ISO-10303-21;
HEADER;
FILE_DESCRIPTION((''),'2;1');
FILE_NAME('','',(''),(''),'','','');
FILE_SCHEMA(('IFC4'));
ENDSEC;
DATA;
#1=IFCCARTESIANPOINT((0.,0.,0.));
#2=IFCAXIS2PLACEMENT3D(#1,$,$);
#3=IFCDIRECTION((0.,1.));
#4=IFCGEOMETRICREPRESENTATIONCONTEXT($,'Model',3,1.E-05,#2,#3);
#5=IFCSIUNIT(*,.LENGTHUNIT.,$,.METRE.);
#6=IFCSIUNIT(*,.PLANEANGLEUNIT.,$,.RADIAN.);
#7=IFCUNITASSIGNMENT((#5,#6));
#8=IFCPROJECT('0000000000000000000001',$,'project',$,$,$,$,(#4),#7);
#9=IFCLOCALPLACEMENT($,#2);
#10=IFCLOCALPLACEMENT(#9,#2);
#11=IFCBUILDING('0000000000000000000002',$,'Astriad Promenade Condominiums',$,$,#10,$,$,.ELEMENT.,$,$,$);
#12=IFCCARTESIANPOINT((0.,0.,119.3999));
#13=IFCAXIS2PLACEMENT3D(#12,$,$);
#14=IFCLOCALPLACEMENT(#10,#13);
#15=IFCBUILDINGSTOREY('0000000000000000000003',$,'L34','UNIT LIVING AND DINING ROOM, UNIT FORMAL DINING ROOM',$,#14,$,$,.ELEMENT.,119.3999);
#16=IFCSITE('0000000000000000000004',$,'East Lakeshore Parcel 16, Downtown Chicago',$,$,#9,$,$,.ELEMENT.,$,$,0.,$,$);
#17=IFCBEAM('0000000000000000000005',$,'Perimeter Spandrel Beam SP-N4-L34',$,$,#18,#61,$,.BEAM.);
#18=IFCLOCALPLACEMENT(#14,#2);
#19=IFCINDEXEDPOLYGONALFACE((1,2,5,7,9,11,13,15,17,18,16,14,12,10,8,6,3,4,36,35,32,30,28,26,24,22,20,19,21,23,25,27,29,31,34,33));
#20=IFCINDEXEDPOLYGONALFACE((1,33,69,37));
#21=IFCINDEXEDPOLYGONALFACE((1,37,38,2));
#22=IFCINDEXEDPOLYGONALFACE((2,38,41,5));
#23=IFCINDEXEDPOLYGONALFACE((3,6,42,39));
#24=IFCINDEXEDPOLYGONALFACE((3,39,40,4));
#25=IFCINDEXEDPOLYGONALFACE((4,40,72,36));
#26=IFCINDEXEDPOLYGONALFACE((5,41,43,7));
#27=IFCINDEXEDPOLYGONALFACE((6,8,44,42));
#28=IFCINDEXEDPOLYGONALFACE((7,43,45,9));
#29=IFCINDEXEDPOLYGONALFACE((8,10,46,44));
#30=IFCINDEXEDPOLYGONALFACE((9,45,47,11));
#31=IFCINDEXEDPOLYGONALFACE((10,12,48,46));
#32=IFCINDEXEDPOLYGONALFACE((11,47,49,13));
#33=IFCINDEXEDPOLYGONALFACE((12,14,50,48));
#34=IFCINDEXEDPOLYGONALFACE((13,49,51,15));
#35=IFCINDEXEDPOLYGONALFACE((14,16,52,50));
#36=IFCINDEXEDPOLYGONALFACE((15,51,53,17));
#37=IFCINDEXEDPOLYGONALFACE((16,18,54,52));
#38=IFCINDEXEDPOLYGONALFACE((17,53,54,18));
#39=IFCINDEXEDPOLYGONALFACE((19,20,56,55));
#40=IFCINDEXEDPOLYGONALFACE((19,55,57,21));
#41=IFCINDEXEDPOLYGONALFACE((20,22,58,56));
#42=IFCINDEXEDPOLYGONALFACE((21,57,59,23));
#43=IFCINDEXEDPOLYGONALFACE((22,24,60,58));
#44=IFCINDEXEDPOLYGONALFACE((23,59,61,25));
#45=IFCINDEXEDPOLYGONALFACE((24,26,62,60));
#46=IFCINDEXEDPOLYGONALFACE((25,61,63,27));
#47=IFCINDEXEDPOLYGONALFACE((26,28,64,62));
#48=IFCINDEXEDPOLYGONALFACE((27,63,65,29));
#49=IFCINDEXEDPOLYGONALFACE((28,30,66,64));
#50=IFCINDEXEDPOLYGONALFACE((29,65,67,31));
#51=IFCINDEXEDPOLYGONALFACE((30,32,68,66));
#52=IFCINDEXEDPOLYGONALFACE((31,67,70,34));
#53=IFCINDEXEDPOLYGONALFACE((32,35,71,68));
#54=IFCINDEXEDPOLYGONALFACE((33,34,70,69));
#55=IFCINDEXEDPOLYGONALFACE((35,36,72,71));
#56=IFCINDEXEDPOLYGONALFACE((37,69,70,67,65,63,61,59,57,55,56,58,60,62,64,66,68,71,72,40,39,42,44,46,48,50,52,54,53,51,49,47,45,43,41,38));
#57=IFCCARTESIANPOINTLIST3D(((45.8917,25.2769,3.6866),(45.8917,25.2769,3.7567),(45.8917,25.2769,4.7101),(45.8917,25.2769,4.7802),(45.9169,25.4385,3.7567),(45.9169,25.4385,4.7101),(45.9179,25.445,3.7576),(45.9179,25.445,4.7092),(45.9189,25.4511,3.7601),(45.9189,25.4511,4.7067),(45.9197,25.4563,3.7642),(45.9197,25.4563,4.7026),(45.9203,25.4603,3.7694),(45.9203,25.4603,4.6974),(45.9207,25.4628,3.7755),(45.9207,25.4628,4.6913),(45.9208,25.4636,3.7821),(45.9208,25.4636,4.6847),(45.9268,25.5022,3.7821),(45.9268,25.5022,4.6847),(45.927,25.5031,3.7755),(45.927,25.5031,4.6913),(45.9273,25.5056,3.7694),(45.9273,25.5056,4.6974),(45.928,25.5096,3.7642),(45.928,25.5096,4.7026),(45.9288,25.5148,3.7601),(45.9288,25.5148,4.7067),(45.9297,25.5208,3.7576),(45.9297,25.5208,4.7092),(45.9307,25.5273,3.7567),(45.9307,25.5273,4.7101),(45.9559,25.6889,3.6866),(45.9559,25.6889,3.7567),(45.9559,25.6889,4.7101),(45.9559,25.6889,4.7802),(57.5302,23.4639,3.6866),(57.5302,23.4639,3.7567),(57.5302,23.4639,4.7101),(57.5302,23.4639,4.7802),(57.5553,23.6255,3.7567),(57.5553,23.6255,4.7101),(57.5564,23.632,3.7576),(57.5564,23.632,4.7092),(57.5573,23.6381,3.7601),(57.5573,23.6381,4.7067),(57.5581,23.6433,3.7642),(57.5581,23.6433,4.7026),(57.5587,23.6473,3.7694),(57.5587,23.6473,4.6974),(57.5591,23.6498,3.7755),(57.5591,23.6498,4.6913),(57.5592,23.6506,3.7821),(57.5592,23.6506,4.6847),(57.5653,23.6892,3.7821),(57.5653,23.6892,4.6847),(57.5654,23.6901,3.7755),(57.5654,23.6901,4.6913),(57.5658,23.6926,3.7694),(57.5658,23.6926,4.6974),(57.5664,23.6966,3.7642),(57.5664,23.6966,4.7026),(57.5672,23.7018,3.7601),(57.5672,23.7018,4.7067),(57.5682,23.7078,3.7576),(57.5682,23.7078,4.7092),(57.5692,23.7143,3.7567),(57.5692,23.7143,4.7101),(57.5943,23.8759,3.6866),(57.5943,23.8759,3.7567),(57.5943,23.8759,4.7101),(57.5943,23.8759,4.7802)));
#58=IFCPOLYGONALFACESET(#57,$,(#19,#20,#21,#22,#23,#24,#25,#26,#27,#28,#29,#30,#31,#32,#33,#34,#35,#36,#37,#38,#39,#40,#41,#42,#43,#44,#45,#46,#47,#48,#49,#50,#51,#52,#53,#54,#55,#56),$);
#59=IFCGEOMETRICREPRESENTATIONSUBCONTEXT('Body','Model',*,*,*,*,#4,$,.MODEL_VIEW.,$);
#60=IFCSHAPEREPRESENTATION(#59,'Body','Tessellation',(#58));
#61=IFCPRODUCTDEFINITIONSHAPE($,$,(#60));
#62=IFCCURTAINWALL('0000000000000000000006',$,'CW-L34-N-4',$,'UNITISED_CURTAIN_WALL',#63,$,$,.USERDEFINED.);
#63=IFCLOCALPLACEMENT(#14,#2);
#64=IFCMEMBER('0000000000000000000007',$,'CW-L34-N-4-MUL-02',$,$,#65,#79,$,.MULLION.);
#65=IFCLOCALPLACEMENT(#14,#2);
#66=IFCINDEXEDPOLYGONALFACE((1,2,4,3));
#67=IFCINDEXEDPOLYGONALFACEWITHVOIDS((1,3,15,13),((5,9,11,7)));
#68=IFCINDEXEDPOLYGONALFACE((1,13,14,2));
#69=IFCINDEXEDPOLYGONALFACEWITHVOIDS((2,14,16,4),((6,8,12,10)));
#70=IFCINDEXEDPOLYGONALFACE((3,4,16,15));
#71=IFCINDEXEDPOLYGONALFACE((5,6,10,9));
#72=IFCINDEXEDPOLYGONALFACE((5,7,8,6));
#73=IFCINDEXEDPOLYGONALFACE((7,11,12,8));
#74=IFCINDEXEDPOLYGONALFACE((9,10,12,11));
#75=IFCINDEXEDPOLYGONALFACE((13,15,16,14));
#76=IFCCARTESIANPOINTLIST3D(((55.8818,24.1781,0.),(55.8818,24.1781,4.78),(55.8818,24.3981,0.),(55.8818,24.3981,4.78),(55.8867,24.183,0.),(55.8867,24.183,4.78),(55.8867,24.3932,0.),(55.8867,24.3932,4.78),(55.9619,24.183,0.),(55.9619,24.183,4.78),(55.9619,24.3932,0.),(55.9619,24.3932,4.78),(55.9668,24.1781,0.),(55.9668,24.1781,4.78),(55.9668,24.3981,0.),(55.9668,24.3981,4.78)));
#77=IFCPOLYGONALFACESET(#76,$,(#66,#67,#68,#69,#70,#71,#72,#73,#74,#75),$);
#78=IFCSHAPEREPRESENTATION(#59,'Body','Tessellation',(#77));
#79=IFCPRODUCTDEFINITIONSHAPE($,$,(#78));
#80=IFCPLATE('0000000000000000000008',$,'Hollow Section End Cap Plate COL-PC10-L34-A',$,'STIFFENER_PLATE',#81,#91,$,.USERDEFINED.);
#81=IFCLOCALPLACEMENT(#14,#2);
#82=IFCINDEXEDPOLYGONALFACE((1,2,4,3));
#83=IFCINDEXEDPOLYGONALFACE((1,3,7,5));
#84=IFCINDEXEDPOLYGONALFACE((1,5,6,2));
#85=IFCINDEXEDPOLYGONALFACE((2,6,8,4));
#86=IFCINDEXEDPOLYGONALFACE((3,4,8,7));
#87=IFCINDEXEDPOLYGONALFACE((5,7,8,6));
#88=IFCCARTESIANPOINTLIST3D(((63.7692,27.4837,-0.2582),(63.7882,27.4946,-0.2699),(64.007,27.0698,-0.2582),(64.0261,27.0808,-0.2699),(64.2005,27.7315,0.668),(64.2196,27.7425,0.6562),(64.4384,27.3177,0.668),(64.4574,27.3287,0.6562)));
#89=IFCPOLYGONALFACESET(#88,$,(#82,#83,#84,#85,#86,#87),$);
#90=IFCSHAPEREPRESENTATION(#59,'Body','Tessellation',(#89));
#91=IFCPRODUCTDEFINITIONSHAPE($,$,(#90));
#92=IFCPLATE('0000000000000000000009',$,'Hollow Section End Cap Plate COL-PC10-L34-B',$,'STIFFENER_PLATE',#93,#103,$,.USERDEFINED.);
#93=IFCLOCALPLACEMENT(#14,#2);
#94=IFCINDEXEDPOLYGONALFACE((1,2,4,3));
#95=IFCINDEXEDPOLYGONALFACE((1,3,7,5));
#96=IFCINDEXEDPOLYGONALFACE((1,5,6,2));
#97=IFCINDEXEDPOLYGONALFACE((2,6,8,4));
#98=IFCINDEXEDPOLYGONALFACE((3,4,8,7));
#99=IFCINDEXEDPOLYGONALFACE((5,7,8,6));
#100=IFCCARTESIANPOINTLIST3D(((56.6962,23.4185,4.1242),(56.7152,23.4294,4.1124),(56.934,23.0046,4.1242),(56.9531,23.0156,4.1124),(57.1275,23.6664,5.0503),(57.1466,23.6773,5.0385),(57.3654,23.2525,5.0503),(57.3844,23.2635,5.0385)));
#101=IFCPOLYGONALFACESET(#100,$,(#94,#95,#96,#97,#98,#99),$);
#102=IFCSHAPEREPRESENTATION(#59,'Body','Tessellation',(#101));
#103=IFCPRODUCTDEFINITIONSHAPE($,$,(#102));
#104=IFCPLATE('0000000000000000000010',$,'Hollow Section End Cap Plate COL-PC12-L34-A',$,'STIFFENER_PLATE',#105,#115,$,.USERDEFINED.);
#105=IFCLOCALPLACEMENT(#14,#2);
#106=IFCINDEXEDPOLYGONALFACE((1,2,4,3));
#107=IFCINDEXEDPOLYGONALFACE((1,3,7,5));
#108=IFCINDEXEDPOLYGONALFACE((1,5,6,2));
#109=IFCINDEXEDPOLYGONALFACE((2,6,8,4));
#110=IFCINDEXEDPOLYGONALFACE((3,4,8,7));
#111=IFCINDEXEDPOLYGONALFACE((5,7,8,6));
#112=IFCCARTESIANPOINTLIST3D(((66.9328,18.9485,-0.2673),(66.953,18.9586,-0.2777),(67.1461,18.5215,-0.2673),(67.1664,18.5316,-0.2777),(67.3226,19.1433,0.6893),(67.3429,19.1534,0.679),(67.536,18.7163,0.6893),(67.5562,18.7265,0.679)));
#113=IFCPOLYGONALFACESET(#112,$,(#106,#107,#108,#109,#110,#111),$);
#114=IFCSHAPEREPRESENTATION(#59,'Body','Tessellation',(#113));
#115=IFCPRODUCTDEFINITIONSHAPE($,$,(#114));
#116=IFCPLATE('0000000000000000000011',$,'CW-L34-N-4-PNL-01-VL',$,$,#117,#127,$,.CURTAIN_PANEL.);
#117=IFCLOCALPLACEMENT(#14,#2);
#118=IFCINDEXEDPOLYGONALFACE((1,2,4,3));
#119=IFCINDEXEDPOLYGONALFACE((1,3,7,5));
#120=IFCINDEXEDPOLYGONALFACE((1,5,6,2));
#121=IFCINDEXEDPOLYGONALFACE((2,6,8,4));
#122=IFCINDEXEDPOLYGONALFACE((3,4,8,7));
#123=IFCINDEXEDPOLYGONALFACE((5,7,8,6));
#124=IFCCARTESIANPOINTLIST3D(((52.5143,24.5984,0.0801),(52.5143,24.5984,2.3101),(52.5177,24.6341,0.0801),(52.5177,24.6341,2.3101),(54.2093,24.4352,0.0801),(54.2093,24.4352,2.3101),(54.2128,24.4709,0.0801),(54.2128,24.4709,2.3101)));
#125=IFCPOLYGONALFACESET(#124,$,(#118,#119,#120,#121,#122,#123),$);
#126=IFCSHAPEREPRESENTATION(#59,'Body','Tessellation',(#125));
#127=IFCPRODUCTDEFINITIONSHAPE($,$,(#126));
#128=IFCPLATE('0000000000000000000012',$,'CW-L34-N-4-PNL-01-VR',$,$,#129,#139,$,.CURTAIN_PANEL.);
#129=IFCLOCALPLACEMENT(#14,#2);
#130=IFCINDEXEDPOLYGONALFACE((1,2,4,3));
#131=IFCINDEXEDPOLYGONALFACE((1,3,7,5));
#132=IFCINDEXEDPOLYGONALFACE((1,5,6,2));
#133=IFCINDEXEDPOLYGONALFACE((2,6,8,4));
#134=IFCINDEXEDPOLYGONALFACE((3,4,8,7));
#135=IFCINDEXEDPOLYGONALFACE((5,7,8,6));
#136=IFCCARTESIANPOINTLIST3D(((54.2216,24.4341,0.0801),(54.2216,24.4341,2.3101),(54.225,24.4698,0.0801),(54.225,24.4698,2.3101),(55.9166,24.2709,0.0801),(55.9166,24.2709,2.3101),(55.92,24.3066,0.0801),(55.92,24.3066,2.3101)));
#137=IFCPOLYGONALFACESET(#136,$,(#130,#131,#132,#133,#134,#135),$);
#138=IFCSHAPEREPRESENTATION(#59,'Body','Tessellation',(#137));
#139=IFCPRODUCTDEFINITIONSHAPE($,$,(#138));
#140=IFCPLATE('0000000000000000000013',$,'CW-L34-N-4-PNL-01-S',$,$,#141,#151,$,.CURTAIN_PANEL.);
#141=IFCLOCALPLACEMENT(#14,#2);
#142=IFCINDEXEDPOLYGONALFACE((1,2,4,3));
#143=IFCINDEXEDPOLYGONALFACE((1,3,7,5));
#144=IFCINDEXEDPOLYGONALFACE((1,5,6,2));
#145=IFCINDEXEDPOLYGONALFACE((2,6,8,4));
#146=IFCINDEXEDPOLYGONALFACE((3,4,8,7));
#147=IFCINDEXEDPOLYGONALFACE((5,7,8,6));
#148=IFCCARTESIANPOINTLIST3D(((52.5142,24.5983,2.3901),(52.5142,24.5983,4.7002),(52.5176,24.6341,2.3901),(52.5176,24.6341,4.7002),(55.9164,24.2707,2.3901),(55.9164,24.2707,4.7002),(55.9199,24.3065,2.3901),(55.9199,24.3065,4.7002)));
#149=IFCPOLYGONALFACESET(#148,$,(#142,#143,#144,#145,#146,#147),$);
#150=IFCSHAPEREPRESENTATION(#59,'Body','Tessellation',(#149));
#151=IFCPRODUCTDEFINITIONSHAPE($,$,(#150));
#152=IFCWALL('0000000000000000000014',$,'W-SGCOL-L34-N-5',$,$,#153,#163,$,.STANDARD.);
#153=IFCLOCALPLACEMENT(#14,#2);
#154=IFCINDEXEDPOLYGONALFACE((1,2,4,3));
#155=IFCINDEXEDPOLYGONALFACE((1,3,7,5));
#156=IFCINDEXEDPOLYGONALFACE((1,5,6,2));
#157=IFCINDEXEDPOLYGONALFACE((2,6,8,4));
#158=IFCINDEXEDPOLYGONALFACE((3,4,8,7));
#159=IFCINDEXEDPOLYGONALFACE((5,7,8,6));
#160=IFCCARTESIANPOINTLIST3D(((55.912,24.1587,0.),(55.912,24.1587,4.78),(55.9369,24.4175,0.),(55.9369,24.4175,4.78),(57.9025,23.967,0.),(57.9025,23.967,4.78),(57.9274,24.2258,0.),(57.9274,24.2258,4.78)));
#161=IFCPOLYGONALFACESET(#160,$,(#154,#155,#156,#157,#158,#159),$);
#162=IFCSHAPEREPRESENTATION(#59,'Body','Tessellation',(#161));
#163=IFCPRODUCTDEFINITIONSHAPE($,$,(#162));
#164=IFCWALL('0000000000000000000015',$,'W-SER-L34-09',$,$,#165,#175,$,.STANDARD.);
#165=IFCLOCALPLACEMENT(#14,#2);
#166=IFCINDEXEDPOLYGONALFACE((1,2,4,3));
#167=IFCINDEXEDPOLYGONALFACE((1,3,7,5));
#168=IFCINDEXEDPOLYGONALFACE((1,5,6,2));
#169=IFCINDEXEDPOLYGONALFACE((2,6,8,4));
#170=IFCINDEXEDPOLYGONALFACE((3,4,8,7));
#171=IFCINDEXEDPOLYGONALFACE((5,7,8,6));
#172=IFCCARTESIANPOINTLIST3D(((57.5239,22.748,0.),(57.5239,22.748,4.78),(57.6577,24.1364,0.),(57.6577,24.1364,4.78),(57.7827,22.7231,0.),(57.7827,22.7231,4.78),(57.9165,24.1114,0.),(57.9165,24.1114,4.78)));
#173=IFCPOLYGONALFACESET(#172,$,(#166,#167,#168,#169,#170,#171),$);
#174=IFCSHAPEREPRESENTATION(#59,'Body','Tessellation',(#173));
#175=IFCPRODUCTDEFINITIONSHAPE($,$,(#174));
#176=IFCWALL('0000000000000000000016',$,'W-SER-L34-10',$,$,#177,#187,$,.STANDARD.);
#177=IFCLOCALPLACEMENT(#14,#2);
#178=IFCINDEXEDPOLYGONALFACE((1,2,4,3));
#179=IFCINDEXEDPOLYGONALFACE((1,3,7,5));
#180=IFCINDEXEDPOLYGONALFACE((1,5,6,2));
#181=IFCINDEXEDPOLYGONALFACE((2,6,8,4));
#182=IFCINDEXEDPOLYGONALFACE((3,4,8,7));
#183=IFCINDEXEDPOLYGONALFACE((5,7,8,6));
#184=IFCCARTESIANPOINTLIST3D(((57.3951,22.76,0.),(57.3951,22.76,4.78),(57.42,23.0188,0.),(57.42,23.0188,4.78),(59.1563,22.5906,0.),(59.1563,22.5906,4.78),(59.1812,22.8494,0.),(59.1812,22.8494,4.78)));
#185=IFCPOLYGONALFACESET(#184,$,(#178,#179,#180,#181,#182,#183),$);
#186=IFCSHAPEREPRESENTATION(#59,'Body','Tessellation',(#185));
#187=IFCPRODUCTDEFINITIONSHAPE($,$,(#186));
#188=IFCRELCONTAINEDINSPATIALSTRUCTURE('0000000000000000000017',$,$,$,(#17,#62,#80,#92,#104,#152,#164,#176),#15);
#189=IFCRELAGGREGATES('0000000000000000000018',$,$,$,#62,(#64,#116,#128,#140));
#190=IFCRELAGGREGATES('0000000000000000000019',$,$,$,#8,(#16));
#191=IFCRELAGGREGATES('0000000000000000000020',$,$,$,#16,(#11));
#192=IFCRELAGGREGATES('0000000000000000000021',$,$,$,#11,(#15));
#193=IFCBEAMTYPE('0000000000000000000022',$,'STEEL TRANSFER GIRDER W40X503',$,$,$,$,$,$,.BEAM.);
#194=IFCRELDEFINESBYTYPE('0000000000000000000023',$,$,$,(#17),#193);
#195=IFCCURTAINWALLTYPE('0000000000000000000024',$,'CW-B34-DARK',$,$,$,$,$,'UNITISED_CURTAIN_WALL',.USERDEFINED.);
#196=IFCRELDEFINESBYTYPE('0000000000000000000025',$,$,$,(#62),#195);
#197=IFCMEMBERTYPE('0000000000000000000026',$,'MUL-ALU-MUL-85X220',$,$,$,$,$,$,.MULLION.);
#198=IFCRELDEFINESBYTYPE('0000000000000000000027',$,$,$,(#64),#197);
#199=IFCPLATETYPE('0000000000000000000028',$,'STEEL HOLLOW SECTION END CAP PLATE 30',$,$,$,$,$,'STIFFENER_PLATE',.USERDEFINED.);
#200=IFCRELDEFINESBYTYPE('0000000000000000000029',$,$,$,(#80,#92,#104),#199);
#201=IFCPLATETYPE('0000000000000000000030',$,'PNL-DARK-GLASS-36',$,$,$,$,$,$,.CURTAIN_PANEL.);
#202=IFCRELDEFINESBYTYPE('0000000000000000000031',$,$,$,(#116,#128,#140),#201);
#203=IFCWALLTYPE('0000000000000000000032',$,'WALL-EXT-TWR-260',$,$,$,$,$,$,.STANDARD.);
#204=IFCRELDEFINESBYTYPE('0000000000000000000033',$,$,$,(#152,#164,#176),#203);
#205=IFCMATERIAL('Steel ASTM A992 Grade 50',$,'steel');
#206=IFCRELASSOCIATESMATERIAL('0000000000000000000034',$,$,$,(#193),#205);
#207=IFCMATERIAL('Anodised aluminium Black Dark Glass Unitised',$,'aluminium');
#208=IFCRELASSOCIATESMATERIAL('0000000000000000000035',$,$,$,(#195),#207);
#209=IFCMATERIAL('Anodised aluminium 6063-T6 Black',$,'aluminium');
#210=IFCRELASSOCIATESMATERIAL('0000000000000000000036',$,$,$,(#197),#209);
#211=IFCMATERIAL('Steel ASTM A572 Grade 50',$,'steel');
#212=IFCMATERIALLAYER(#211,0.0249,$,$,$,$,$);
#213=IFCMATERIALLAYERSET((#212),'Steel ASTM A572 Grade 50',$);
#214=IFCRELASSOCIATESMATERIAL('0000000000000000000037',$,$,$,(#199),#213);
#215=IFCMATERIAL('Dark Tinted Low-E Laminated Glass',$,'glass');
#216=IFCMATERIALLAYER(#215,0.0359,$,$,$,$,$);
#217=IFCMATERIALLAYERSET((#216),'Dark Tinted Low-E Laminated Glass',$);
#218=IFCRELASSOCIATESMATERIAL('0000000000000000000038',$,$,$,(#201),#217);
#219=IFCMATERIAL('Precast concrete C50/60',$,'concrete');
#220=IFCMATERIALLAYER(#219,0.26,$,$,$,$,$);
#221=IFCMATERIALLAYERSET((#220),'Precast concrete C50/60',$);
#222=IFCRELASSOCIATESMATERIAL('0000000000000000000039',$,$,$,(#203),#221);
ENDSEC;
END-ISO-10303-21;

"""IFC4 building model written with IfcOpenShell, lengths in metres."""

from ifc_helpers import new_model, si_unit, direction, frame, frame_2d, origin, origin_2d, place, context, subcontext, project, spatial, rectangle, hollow_rectangle, i_section, extrude, source, transform, mapped, material, layer, layer_set, material_profile, profile_set, type_object, type_shapes, element, aggregate, save


model = new_model("IFC4")

# Units and contexts
model_context = context("Model", 3, precision=1e-05, world=origin(), true_north=direction((0.0, 1.0)))
body_context = subcontext(model_context, "Body", "Model", "MODEL_VIEW")
ifc_project = project(units=[si_unit("LENGTHUNIT", "METRE"), si_unit("PLANEANGLEUNIT", "RADIAN")], contexts=[model_context])

# Site, building, storey
site_placement = place(None, origin())
site = spatial("IfcSite", under=ifc_project, at=site_placement, Name="East Lakeshore Parcel 16, Downtown Chicago", CompositionType="ELEMENT", RefElevation=0.0)
building_placement = place(site_placement, origin())
building = spatial("IfcBuilding", under=site, at=building_placement, Name="Astriad Promenade Condominiums", CompositionType="ELEMENT")
storey_placement = place(building_placement, frame((0.0, 0.0, 119.3999)))
storey = spatial("IfcBuildingStorey", under=building, at=storey_placement, Name="L34", Description="UNIT LIVING AND DINING ROOM, UNIT FORMAL DINING ROOM", CompositionType="ELEMENT", Elevation=119.3999)

# Shared definitions
ifc_material_1 = material(Name="Steel ASTM A992 Grade 50", Category="steel")

# Beam
ifc_material_profile_1 = material_profile(ifc_material_1, i_section(OverallWidth=0.417, OverallDepth=1.0935, WebThickness=0.0391, FlangeThickness=0.0701, FilletRadius=0.0254, at=origin_2d()), Name="W40X503")
ifc_profile_set_1 = profile_set([ifc_material_profile_1], Name="Steel ASTM A992 Grade 50")
beam_type_1 = type_object("IfcBeamType", Name="STEEL TRANSFER GIRDER W40X503", PredefinedType="BEAM", material=ifc_profile_set_1)
shared_shape_1 = source(origin(), body_context, "Body", "SweptSolid", [
    extrude(i_section(OverallWidth=0.417, OverallDepth=1.0935, WebThickness=0.0391, FlangeThickness=0.0701, FilletRadius=0.0254, at=origin_2d()), origin(), (0.0, 0.0, 1.0), 11.7788),
])
type_shapes(beam_type_1, [shared_shape_1])
beam_1_placement = place(storey_placement, frame((57.5623, 23.6699, 4.2334), z_axis=(-0.988083, 0.15392, 0.0), x_axis=(-0.15392, -0.988083, 0.0)))
element("IfcBeam", 1, at=beam_1_placement, inside=storey, type_object=beam_type_1, Name="Perimeter Spandrel Beam SP-N4-L34", PredefinedType="BEAM", context=body_context, shape_type="MappedRepresentation", body=[
    mapped(shared_shape_1, transform((0.0, 0.0, 0.0), scale=1.0)),
])

# Curtain wall, member
ifc_material_2 = material(Name="Anodised aluminium Black Dark Glass Unitised", Category="aluminium")
curtain_wall_type = type_object("IfcCurtainWallType", Name="CW-B34-DARK", ElementType="UNITISED_CURTAIN_WALL", PredefinedType="USERDEFINED", material=ifc_material_2)
curtain_wall_placement = place(storey_placement, origin())
curtain_wall = element("IfcCurtainWall", 2, at=curtain_wall_placement, inside=storey, type_object=curtain_wall_type, Name="CW-L34-N-4", ObjectType="UNITISED_CURTAIN_WALL", PredefinedType="USERDEFINED")
ifc_material_3 = material(Name="Anodised aluminium 6063-T6 Black", Category="aluminium")
ifc_material_profile_2 = material_profile(ifc_material_3, hollow_rectangle(XDim=0.085, YDim=0.22, WallThickness=0.0049, at=origin_2d()), Name="ALU-MUL-85X220")
ifc_profile_set_2 = profile_set([ifc_material_profile_2], Name="Anodised aluminium 6063-T6 Black")
member_type = type_object("IfcMemberType", Name="MUL-ALU-MUL-85X220", PredefinedType="MULLION", material=ifc_profile_set_2)
shared_shape_2 = source(origin(), body_context, "Body", "SweptSolid", [
    extrude(hollow_rectangle(XDim=0.085, YDim=0.22, WallThickness=0.0049, at=origin_2d()), origin(), (0.0, 0.0, 1.0), 4.78),
])
type_shapes(member_type, [shared_shape_2])
member_placement = place(storey_placement, frame((55.9243, 24.2881, 0.0), z_axis=(0.0, 0.0, 1.0), x_axis=(1.0, 0.0, 0.0)))
member = element("IfcMember", 3, at=member_placement, type_object=member_type, Name="CW-L34-N-4-MUL-02", PredefinedType="MULLION", context=body_context, shape_type="MappedRepresentation", body=[
    mapped(shared_shape_2, transform((0.0, 0.0, 0.0), scale=1.0)),
])

# Plates
ifc_material_4 = material(Name="Steel ASTM A572 Grade 50", Category="steel")
ifc_layer_1 = layer(ifc_material_4, 0.0249)
ifc_layer_set_1 = layer_set([ifc_layer_1], Name="Steel ASTM A572 Grade 50")
plate_type_1 = type_object("IfcPlateType", Name="STEEL HOLLOW SECTION END CAP PLATE 30", ElementType="STIFFENER_PLATE", PredefinedType="USERDEFINED", material=ifc_layer_set_1)
shared_shape_3 = source(origin(), body_context, "Body", "SweptSolid", [
    extrude(rectangle(XDim=0.4773, YDim=1.0513, at=origin_2d()), origin(), (0.0, 0.0, 1.0), 0.0249),
])
type_shapes(plate_type_1, [shared_shape_3])
for number, where, z_axis, x_axis, name in (
    (4, (64.1228, 27.4116, 0.1931), (-0.763781, -0.438963, 0.473233), (0.498291, -0.86701, 0.0), "Hollow Section End Cap Plate COL-PC10-L34-A"),
    (5, (57.0498, 23.3464, 4.5754), (-0.763781, -0.438963, 0.473233), (0.498291, -0.86701, 0.0), "Hollow Section End Cap Plate COL-PC10-L34-B"),
    (6, (67.2546, 18.8425, 0.2007), (-0.814029, -0.406824, 0.414548), (0.447046, -0.894511, 0.0), "Hollow Section End Cap Plate COL-PC12-L34-A"),
):
    element("IfcPlate", number, at=place(storey_placement, frame(where, z_axis=z_axis, x_axis=x_axis)), inside=storey, type_object=plate_type_1, Name=name, ObjectType="STIFFENER_PLATE", PredefinedType="USERDEFINED", context=body_context, shape_type="MappedRepresentation", body=[
        mapped(shared_shape_3, transform((0.0, 0.0, 0.0), scale=1.0)),
    ])

# Plates
ifc_material_5 = material(Name="Dark Tinted Low-E Laminated Glass", Category="glass")
ifc_layer_2 = layer(ifc_material_5, 0.0359)
ifc_layer_set_2 = layer_set([ifc_layer_2], Name="Dark Tinted Low-E Laminated Glass")
plate_type_2 = type_object("IfcPlateType", Name="PNL-DARK-GLASS-36", PredefinedType="CURTAIN_PANEL", material=ifc_layer_set_2)
shared_shape_4 = source(origin(), body_context, "Body", "SweptSolid", [
    extrude(rectangle(XDim=1.7029, YDim=0.0359, at=origin_2d()), origin(), (0.0, 0.0, 1.0), 2.23),
])
plate_1_placement = place(storey_placement, frame((53.3635, 24.5347, 0.0801), z_axis=(0.0, 0.0, 1.0), x_axis=(0.995396, -0.095846, 0.0)))
plate_1 = element("IfcPlate", 7, at=plate_1_placement, type_object=plate_type_2, Name="CW-L34-N-4-PNL-01-VL", PredefinedType="CURTAIN_PANEL", context=body_context, shape_type="MappedRepresentation", body=[
    mapped(shared_shape_4, transform((0.0, 0.0, 0.0), scale=1.0)),
])
plate_2_placement = place(storey_placement, frame((55.0708, 24.3704, 0.0801), z_axis=(0.0, 0.0, 1.0), x_axis=(0.995396, -0.095846, 0.0)))
plate_2 = element("IfcPlate", 8, at=plate_2_placement, type_object=plate_type_2, Name="CW-L34-N-4-PNL-01-VR", PredefinedType="CURTAIN_PANEL", context=body_context, shape_type="MappedRepresentation", body=[
    mapped(shared_shape_4, transform((0.0, 0.0, 0.0), scale=1.0)),
])
shared_shape_5 = source(origin(), body_context, "Body", "SweptSolid", [
    extrude(rectangle(XDim=3.418, YDim=0.0359, at=origin_2d()), origin(), (0.0, 0.0, 1.0), 2.3101),
])
type_shapes(plate_type_2, [shared_shape_4, shared_shape_5])
plate_3_placement = place(storey_placement, frame((54.217, 24.4524, 2.3901), z_axis=(0.0, 0.0, 1.0), x_axis=(0.995396, -0.095846, 0.0)))
plate_3 = element("IfcPlate", 9, at=plate_3_placement, type_object=plate_type_2, Name="CW-L34-N-4-PNL-01-S", PredefinedType="CURTAIN_PANEL", context=body_context, shape_type="MappedRepresentation", body=[
    mapped(shared_shape_5, transform((0.0, 0.0, 0.0), scale=1.0)),
])
aggregate(curtain_wall, [member, plate_1, plate_2, plate_3])

# Walls
ifc_material_6 = material(Name="Precast concrete C50/60", Category="concrete")
ifc_layer_3 = layer(ifc_material_6, 0.26)
ifc_layer_set_3 = layer_set([ifc_layer_3], Name="Precast concrete C50/60")
wall_type_1 = type_object("IfcWallType", Name="WALL-EXT-TWR-260", PredefinedType="STANDARD", material=ifc_layer_set_3)
wall_1_placement = place(storey_placement, frame((55.9243, 24.2881, 0.0), z_axis=(0.0, 0.0, 1.0), x_axis=(0.995397, -0.09584, 0.0)))
element("IfcWall", 10, at=wall_1_placement, inside=storey, type_object=wall_type_1, Name="W-SGCOL-L34-N-5", PredefinedType="STANDARD", context=body_context, shape_type="SweptSolid", body=[
    extrude(rectangle(XDim=1.9998, YDim=0.26, at=frame_2d((1.0, 0.0))), origin(), (0.0, 0.0, 1.0), 4.78),
])
wall_2_placement = place(storey_placement, frame((57.7871, 24.1238, 0.0), z_axis=(0.0, 0.0, 1.0), x_axis=(-0.095916, -0.995389, 0.0)))
element("IfcWall", 11, at=wall_2_placement, inside=storey, type_object=wall_type_1, Name="W-SER-L34-09", PredefinedType="STANDARD", context=body_context, shape_type="SweptSolid", body=[
    extrude(rectangle(XDim=1.3948, YDim=0.26, at=frame_2d((0.6973, 0.0))), origin(), (0.0, 0.0, 1.0), 4.78),
])
wall_3_placement = place(storey_placement, frame((57.4075, 22.8894, 0.0), z_axis=(0.0, 0.0, 1.0), x_axis=(0.995404, -0.09576, 0.0)))
element("IfcWall", 12, at=wall_3_placement, inside=storey, type_object=wall_type_1, Name="W-SER-L34-10", PredefinedType="STANDARD", context=body_context, shape_type="SweptSolid", body=[
    extrude(rectangle(XDim=1.7693, YDim=0.26, at=frame_2d((0.8848, 0.0))), origin(), (0.0, 0.0, 1.0), 4.78),
])

save(model, "model.ifc")
